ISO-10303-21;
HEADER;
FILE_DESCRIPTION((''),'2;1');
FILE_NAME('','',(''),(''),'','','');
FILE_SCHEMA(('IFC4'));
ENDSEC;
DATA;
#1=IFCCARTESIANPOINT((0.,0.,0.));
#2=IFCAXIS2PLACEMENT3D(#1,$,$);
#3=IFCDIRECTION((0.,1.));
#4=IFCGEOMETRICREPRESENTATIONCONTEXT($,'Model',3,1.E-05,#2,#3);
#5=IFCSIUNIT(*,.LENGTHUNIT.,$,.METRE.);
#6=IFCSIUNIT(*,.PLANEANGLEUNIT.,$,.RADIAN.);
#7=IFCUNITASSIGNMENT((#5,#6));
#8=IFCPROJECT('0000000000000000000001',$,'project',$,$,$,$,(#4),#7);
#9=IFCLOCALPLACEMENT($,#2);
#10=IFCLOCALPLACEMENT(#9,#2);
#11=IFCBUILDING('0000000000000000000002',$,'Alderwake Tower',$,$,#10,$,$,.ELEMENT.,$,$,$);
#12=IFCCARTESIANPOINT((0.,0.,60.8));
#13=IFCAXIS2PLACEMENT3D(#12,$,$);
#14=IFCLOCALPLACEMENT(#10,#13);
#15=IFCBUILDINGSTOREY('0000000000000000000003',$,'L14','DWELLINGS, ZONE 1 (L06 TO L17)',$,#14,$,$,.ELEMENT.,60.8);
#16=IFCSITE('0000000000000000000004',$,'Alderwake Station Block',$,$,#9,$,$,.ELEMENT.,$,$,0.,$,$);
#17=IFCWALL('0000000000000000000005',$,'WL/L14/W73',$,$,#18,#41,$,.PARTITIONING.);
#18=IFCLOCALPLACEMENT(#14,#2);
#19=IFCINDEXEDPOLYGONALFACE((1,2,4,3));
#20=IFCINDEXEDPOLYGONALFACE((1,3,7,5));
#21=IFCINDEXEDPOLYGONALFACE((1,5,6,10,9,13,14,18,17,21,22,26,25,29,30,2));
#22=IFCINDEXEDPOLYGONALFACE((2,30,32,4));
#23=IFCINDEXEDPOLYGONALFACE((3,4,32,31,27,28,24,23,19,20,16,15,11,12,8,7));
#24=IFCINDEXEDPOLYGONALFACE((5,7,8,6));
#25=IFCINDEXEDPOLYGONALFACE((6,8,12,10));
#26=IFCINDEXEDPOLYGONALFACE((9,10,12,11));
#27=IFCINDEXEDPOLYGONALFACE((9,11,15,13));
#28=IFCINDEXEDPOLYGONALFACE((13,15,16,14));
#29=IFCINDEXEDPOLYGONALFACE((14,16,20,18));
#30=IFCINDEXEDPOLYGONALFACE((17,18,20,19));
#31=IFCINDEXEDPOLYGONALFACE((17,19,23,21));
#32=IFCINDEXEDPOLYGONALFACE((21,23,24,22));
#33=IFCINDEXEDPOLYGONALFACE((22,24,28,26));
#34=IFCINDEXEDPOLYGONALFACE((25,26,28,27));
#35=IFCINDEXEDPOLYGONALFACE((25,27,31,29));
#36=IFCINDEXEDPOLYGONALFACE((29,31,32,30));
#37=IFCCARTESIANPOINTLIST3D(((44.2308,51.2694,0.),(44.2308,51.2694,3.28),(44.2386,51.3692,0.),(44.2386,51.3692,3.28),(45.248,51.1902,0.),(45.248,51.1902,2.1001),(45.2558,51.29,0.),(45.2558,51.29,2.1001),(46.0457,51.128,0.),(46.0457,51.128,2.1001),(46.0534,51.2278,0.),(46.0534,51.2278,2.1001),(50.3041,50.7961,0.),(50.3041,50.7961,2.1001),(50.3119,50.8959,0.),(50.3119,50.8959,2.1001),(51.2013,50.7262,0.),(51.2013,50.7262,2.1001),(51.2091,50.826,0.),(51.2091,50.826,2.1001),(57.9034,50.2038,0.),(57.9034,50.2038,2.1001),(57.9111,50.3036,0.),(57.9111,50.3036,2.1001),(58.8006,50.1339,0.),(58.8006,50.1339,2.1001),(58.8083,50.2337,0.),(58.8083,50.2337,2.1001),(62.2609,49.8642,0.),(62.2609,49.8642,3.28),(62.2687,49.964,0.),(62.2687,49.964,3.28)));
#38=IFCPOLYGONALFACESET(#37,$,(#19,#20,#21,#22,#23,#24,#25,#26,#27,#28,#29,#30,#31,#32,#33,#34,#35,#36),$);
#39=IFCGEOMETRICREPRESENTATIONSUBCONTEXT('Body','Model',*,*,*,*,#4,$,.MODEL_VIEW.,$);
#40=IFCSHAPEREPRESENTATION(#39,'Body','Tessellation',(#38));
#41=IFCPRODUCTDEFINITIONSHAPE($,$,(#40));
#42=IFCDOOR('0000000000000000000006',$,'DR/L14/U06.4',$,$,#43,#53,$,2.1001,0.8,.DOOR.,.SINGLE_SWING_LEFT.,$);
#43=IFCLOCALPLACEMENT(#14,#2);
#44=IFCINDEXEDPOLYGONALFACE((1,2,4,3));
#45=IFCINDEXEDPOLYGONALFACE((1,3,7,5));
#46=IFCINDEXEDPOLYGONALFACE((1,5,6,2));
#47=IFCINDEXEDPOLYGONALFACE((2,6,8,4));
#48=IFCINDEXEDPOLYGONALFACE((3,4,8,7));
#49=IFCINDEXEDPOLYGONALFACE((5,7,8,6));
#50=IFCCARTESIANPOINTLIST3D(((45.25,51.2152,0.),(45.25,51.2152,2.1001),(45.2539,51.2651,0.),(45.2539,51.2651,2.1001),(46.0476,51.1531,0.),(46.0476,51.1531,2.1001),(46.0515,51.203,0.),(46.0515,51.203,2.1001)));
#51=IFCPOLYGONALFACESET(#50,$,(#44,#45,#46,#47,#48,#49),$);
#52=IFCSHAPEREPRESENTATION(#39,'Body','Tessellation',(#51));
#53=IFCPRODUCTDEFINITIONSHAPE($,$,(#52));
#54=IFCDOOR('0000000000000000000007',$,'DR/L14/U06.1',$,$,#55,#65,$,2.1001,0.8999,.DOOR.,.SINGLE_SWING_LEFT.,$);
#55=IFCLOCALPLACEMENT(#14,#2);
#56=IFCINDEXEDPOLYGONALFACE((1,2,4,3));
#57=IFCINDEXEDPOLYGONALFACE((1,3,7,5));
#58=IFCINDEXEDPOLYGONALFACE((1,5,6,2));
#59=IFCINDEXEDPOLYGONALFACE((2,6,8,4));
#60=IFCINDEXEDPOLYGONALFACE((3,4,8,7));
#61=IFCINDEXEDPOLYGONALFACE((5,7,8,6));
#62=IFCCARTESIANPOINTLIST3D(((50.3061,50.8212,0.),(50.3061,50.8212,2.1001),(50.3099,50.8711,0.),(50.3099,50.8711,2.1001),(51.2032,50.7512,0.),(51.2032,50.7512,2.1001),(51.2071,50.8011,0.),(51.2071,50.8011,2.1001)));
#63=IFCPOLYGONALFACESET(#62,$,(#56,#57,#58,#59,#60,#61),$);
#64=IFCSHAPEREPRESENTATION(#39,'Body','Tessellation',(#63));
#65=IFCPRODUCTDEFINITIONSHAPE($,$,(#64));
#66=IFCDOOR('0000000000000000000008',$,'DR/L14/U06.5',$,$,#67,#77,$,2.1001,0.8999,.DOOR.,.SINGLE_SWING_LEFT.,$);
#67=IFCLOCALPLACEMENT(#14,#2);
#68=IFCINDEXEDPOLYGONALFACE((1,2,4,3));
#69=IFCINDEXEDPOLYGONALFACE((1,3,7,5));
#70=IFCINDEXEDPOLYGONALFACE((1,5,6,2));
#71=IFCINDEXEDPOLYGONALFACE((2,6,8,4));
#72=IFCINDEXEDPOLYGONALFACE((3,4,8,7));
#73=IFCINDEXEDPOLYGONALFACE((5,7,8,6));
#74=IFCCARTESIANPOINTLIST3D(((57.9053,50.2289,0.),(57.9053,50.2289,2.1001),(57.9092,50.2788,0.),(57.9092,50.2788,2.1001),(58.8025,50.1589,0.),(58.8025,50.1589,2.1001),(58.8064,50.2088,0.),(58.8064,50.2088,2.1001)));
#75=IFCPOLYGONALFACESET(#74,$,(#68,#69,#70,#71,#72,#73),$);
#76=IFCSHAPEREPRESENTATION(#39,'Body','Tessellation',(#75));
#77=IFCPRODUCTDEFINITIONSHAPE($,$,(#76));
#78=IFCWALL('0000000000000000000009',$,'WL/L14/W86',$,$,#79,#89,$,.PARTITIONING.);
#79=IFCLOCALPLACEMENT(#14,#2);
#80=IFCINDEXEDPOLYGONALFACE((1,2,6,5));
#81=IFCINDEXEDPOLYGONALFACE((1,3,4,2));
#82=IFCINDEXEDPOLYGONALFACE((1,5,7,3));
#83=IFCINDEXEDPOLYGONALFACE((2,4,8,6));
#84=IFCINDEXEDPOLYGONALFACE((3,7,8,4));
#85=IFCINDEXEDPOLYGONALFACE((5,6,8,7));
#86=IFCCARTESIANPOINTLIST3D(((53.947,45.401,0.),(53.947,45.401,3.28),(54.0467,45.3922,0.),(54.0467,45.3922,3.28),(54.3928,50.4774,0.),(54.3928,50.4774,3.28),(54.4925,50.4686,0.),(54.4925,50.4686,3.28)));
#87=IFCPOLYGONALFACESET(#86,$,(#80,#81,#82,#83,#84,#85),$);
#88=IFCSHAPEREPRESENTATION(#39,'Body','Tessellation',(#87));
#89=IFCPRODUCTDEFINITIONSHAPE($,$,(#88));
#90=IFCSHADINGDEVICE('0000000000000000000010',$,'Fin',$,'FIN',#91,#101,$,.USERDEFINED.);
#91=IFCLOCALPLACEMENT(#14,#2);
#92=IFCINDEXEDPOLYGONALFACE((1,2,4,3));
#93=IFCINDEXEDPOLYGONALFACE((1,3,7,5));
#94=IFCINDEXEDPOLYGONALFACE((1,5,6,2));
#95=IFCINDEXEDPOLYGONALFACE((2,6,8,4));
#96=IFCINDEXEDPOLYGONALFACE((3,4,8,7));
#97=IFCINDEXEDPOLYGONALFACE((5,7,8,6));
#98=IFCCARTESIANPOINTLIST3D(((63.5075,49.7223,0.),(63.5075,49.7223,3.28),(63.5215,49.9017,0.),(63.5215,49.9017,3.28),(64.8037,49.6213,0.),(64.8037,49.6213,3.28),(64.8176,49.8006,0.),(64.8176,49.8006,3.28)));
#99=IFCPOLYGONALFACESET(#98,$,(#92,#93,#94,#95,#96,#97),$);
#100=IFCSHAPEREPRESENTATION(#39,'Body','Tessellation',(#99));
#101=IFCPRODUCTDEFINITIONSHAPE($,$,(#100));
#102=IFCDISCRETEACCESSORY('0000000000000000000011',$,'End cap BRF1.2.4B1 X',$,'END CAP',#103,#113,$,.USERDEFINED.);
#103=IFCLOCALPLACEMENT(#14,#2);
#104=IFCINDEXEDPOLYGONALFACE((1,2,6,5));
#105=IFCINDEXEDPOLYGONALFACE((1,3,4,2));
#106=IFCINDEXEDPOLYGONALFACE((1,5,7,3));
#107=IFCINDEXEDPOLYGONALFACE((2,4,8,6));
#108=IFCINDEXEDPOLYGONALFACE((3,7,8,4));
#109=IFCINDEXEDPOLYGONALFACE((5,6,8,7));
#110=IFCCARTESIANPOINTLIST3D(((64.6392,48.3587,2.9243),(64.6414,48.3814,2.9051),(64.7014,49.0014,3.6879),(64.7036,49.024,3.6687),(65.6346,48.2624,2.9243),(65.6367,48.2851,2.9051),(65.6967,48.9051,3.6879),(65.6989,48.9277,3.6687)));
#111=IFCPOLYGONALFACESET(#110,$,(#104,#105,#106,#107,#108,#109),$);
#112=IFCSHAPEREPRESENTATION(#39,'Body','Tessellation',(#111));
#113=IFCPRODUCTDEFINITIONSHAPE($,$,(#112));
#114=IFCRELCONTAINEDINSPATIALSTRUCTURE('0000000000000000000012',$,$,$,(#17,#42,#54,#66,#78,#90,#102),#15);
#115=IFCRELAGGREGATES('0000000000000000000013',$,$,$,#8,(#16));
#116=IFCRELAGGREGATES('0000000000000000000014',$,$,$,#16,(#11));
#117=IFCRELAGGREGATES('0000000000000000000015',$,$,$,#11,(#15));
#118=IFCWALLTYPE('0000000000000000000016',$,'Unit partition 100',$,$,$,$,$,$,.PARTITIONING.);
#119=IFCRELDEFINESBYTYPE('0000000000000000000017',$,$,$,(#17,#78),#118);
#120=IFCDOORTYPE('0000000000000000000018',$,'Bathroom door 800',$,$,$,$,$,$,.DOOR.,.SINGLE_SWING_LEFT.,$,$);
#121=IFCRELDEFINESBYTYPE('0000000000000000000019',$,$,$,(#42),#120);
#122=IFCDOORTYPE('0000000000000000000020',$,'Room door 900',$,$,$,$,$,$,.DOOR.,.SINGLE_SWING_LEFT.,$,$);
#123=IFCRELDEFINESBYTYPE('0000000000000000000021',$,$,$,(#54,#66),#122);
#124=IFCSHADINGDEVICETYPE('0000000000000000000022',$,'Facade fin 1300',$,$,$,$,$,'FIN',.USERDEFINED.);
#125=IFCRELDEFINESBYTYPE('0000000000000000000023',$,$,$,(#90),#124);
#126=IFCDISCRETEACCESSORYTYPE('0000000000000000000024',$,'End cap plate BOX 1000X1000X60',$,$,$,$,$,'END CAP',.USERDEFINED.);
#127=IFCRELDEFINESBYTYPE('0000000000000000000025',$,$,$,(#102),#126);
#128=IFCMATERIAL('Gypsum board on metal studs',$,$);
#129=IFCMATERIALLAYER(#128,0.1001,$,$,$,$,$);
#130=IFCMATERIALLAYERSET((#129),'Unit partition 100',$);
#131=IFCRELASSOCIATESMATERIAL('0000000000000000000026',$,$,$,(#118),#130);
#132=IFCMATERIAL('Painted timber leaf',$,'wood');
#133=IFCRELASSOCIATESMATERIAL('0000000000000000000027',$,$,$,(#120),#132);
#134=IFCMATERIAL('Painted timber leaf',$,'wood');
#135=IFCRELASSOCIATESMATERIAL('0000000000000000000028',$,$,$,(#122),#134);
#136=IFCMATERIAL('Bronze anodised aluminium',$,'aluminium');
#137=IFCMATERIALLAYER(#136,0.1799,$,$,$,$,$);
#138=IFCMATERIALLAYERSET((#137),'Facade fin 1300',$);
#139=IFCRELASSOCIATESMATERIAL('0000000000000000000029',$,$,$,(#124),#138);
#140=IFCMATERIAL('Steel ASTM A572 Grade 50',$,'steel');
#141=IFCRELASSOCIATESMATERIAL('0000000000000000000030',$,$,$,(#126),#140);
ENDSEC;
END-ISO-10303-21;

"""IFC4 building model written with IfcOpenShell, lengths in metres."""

from ifc_helpers import new_model, si_unit, direction, frame, frame_2d, origin, origin_2d, place, context, subcontext, project, spatial, rectangle, extrude, material, layer, layer_set, material_profile, profile_set, type_object, element, fill, save


model = new_model("IFC4")

# Units and contexts
model_context = context("Model", 3, precision=1e-05, world=origin(), true_north=direction((0.0, 1.0)))
body_context = subcontext(model_context, "Body", "Model", "MODEL_VIEW")
ifc_project = project(units=[si_unit("LENGTHUNIT", "METRE"), si_unit("PLANEANGLEUNIT", "RADIAN")], contexts=[model_context])

# Site, building, storey
site_placement = place(None, origin())
site = spatial("IfcSite", under=ifc_project, at=site_placement, Name="Alderwake Station Block", CompositionType="ELEMENT", RefElevation=0.0)
building_placement = place(site_placement, origin())
building = spatial("IfcBuilding", under=site, at=building_placement, Name="Alderwake Tower", CompositionType="ELEMENT")
storey_placement = place(building_placement, frame((0.0, 0.0, 60.8)))
storey = spatial("IfcBuildingStorey", under=building, at=storey_placement, Name="L14", Description="DWELLINGS, ZONE 1 (L06 TO L17)", CompositionType="ELEMENT", Elevation=60.8)

# Wall, openings, doors
ifc_material_1 = material(Name="Gypsum board on metal studs")
ifc_layer_1 = layer(ifc_material_1, 0.1001)
ifc_layer_set_1 = layer_set([ifc_layer_1], Name="Unit partition 100")
wall_type_1 = type_object("IfcWallType", Name="Unit partition 100", PredefinedType="PARTITIONING", material=ifc_layer_set_1)
wall_1_placement = place(storey_placement, frame((62.2649, 49.9141, 0.0), z_axis=(0.0, 0.0, 1.0), x_axis=(-0.996976, 0.077705, 0.0)))
wall_1 = element("IfcWall", 1, at=wall_1_placement, inside=storey, type_object=wall_type_1, Name="WL/L14/W73", PredefinedType="PARTITIONING", context=body_context, shape_type="SweptSolid", body=[
    extrude(rectangle(XDim=18.0847, YDim=0.1001, at=frame_2d((9.0425, 0.0))), origin(), (0.0, 0.0, 1.0), 3.28),
])
opening_1_placement = place(wall_1_placement, frame((11.0933, 0.0, 0.0)))
opening_1 = element("IfcOpeningElement", 2, at=opening_1_placement, cuts=wall_1, PredefinedType="OPENING", context=body_context, shape_type="SweptSolid", body=[
    extrude(rectangle(XDim=0.8999, YDim=2.1001, at=frame_2d((0.45, 1.05))), frame((0.0, 0.0601, 0.0), z_axis=(0.0, -1.0, 0.0), x_axis=(1.0, 0.0, 0.0)), (0.0, 0.0, 1.0), 0.1201),
])
opening_2_placement = place(wall_1_placement, frame((16.2646, 0.0, 0.0)))
opening_2 = element("IfcOpeningElement", 3, at=opening_2_placement, cuts=wall_1, PredefinedType="OPENING", context=body_context, shape_type="SweptSolid", body=[
    extrude(rectangle(XDim=0.8, YDim=2.1001, at=frame_2d((0.3999, 1.05))), frame((0.0, 0.0601, 0.0), z_axis=(0.0, -1.0, 0.0), x_axis=(1.0, 0.0, 0.0)), (0.0, 0.0, 1.0), 0.1201),
])
opening_3_placement = place(wall_1_placement, frame((3.4709, 0.0, 0.0)))
opening_3 = element("IfcOpeningElement", 4, at=opening_3_placement, cuts=wall_1, PredefinedType="OPENING", context=body_context, shape_type="SweptSolid", body=[
    extrude(rectangle(XDim=0.8999, YDim=2.1001, at=frame_2d((0.45, 1.05))), frame((0.0, 0.0601, 0.0), z_axis=(0.0, -1.0, 0.0), x_axis=(1.0, 0.0, 0.0)), (0.0, 0.0, 1.0), 0.1201),
])
ifc_material_2 = material(Name="Painted timber leaf", Category="wood")
door_type_1 = type_object("IfcDoorType", Name="Bathroom door 800", OperationType="SINGLE_SWING_LEFT", PredefinedType="DOOR", material=ifc_material_2)
door_1_placement = place(opening_2_placement, origin())
door_1 = element("IfcDoor", 5, at=door_1_placement, inside=storey, type_object=door_type_1, Name="DR/L14/U06.4", OperationType="SINGLE_SWING_LEFT", OverallHeight=2.1001, OverallWidth=0.8, PredefinedType="DOOR", context=body_context, shape_type="SweptSolid", body=[
    extrude(rectangle(XDim=0.8, YDim=2.1001, at=frame_2d((0.3999, 1.05))), frame((0.0, 0.0249, 0.0), z_axis=(0.0, -1.0, 0.0), x_axis=(1.0, 0.0, 0.0)), (0.0, 0.0, 1.0), 0.05),
])
fill(opening_2, door_1)
ifc_material_3 = material(Name="Painted timber leaf", Category="wood")
door_type_2 = type_object("IfcDoorType", Name="Room door 900", OperationType="SINGLE_SWING_LEFT", PredefinedType="DOOR", material=ifc_material_3)
door_2_placement = place(opening_1_placement, origin())
door_2 = element("IfcDoor", 6, at=door_2_placement, inside=storey, type_object=door_type_2, Name="DR/L14/U06.1", OperationType="SINGLE_SWING_LEFT", OverallHeight=2.1001, OverallWidth=0.8999, PredefinedType="DOOR", context=body_context, shape_type="SweptSolid", body=[
    extrude(rectangle(XDim=0.8999, YDim=2.1001, at=frame_2d((0.45, 1.05))), frame((0.0, 0.0249, 0.0), z_axis=(0.0, -1.0, 0.0), x_axis=(1.0, 0.0, 0.0)), (0.0, 0.0, 1.0), 0.05),
])
fill(opening_1, door_2)
door_3_placement = place(opening_3_placement, origin())
door_3 = element("IfcDoor", 7, at=door_3_placement, inside=storey, type_object=door_type_2, Name="DR/L14/U06.5", OperationType="SINGLE_SWING_LEFT", OverallHeight=2.1001, OverallWidth=0.8999, PredefinedType="DOOR", context=body_context, shape_type="SweptSolid", body=[
    extrude(rectangle(XDim=0.8999, YDim=2.1001, at=frame_2d((0.45, 1.05))), frame((0.0, 0.0249, 0.0), z_axis=(0.0, -1.0, 0.0), x_axis=(1.0, 0.0, 0.0)), (0.0, 0.0, 1.0), 0.05),
])
fill(opening_3, door_3)

# Wall
wall_2_placement = place(storey_placement, frame((53.9968, 45.3967, 0.0), z_axis=(0.0, 0.0, 1.0), x_axis=(0.087481, 0.996166, 0.0)))
element("IfcWall", 8, at=wall_2_placement, inside=storey, type_object=wall_type_1, Name="WL/L14/W86", PredefinedType="PARTITIONING", context=body_context, shape_type="SweptSolid", body=[
    extrude(rectangle(XDim=5.0959, YDim=0.1001, at=frame_2d((2.5479, 0.0))), origin(), (0.0, 0.0, 1.0), 3.28),
])

# Shading device
ifc_material_4 = material(Name="Bronze anodised aluminium", Category="aluminium")
ifc_layer_2 = layer(ifc_material_4, 0.1799)
ifc_layer_set_2 = layer_set([ifc_layer_2], Name="Facade fin 1300")
shading_device_type = type_object("IfcShadingDeviceType", Name="Facade fin 1300", ElementType="FIN", PredefinedType="USERDEFINED", material=ifc_layer_set_2)
shading_device_placement = place(storey_placement, frame((64.1626, 49.7615, 0.0), z_axis=(0.0, 0.0, 1.0), x_axis=(0.996975, -0.077721, 0.0)))
element("IfcShadingDevice", 9, at=shading_device_placement, inside=storey, type_object=shading_device_type, Name="Fin", ObjectType="FIN", PredefinedType="USERDEFINED", context=body_context, shape_type="SweptSolid", body=[
    extrude(rectangle(XDim=1.3, YDim=0.1799, at=origin_2d()), origin(), (0.0, 0.0, 1.0), 3.28),
])

# Discrete accessory
ifc_material_5 = material(Name="Steel ASTM A572 Grade 50", Category="steel")
ifc_material_profile_1 = material_profile(ifc_material_5, rectangle(XDim=1.0, YDim=1.0, at=origin_2d()), Name="BOX 1000X1000X60 cap")
ifc_profile_set_1 = profile_set([ifc_material_profile_1], Name="Steel ASTM A572 Grade 50")
discrete_accessory_type = type_object("IfcDiscreteAccessoryType", Name="End cap plate BOX 1000X1000X60", ElementType="END CAP", PredefinedType="USERDEFINED", material=ifc_profile_set_1)
discrete_accessory_placement = place(storey_placement, frame((65.1702, 48.6545, 3.2869), z_axis=(-0.073556, -0.760077, 0.645657), x_axis=(0.99535, -0.096324, 0.0)))
element("IfcDiscreteAccessory", 10, at=discrete_accessory_placement, inside=storey, type_object=discrete_accessory_type, Name="End cap BRF1.2.4B1 X", ObjectType="END CAP", PredefinedType="USERDEFINED", context=body_context, shape_type="SweptSolid", body=[
    extrude(rectangle(XDim=1.0, YDim=1.0, at=origin_2d()), origin(), (0.0, 0.0, 1.0), 0.0298),
])

save(model, "model.ifc")
